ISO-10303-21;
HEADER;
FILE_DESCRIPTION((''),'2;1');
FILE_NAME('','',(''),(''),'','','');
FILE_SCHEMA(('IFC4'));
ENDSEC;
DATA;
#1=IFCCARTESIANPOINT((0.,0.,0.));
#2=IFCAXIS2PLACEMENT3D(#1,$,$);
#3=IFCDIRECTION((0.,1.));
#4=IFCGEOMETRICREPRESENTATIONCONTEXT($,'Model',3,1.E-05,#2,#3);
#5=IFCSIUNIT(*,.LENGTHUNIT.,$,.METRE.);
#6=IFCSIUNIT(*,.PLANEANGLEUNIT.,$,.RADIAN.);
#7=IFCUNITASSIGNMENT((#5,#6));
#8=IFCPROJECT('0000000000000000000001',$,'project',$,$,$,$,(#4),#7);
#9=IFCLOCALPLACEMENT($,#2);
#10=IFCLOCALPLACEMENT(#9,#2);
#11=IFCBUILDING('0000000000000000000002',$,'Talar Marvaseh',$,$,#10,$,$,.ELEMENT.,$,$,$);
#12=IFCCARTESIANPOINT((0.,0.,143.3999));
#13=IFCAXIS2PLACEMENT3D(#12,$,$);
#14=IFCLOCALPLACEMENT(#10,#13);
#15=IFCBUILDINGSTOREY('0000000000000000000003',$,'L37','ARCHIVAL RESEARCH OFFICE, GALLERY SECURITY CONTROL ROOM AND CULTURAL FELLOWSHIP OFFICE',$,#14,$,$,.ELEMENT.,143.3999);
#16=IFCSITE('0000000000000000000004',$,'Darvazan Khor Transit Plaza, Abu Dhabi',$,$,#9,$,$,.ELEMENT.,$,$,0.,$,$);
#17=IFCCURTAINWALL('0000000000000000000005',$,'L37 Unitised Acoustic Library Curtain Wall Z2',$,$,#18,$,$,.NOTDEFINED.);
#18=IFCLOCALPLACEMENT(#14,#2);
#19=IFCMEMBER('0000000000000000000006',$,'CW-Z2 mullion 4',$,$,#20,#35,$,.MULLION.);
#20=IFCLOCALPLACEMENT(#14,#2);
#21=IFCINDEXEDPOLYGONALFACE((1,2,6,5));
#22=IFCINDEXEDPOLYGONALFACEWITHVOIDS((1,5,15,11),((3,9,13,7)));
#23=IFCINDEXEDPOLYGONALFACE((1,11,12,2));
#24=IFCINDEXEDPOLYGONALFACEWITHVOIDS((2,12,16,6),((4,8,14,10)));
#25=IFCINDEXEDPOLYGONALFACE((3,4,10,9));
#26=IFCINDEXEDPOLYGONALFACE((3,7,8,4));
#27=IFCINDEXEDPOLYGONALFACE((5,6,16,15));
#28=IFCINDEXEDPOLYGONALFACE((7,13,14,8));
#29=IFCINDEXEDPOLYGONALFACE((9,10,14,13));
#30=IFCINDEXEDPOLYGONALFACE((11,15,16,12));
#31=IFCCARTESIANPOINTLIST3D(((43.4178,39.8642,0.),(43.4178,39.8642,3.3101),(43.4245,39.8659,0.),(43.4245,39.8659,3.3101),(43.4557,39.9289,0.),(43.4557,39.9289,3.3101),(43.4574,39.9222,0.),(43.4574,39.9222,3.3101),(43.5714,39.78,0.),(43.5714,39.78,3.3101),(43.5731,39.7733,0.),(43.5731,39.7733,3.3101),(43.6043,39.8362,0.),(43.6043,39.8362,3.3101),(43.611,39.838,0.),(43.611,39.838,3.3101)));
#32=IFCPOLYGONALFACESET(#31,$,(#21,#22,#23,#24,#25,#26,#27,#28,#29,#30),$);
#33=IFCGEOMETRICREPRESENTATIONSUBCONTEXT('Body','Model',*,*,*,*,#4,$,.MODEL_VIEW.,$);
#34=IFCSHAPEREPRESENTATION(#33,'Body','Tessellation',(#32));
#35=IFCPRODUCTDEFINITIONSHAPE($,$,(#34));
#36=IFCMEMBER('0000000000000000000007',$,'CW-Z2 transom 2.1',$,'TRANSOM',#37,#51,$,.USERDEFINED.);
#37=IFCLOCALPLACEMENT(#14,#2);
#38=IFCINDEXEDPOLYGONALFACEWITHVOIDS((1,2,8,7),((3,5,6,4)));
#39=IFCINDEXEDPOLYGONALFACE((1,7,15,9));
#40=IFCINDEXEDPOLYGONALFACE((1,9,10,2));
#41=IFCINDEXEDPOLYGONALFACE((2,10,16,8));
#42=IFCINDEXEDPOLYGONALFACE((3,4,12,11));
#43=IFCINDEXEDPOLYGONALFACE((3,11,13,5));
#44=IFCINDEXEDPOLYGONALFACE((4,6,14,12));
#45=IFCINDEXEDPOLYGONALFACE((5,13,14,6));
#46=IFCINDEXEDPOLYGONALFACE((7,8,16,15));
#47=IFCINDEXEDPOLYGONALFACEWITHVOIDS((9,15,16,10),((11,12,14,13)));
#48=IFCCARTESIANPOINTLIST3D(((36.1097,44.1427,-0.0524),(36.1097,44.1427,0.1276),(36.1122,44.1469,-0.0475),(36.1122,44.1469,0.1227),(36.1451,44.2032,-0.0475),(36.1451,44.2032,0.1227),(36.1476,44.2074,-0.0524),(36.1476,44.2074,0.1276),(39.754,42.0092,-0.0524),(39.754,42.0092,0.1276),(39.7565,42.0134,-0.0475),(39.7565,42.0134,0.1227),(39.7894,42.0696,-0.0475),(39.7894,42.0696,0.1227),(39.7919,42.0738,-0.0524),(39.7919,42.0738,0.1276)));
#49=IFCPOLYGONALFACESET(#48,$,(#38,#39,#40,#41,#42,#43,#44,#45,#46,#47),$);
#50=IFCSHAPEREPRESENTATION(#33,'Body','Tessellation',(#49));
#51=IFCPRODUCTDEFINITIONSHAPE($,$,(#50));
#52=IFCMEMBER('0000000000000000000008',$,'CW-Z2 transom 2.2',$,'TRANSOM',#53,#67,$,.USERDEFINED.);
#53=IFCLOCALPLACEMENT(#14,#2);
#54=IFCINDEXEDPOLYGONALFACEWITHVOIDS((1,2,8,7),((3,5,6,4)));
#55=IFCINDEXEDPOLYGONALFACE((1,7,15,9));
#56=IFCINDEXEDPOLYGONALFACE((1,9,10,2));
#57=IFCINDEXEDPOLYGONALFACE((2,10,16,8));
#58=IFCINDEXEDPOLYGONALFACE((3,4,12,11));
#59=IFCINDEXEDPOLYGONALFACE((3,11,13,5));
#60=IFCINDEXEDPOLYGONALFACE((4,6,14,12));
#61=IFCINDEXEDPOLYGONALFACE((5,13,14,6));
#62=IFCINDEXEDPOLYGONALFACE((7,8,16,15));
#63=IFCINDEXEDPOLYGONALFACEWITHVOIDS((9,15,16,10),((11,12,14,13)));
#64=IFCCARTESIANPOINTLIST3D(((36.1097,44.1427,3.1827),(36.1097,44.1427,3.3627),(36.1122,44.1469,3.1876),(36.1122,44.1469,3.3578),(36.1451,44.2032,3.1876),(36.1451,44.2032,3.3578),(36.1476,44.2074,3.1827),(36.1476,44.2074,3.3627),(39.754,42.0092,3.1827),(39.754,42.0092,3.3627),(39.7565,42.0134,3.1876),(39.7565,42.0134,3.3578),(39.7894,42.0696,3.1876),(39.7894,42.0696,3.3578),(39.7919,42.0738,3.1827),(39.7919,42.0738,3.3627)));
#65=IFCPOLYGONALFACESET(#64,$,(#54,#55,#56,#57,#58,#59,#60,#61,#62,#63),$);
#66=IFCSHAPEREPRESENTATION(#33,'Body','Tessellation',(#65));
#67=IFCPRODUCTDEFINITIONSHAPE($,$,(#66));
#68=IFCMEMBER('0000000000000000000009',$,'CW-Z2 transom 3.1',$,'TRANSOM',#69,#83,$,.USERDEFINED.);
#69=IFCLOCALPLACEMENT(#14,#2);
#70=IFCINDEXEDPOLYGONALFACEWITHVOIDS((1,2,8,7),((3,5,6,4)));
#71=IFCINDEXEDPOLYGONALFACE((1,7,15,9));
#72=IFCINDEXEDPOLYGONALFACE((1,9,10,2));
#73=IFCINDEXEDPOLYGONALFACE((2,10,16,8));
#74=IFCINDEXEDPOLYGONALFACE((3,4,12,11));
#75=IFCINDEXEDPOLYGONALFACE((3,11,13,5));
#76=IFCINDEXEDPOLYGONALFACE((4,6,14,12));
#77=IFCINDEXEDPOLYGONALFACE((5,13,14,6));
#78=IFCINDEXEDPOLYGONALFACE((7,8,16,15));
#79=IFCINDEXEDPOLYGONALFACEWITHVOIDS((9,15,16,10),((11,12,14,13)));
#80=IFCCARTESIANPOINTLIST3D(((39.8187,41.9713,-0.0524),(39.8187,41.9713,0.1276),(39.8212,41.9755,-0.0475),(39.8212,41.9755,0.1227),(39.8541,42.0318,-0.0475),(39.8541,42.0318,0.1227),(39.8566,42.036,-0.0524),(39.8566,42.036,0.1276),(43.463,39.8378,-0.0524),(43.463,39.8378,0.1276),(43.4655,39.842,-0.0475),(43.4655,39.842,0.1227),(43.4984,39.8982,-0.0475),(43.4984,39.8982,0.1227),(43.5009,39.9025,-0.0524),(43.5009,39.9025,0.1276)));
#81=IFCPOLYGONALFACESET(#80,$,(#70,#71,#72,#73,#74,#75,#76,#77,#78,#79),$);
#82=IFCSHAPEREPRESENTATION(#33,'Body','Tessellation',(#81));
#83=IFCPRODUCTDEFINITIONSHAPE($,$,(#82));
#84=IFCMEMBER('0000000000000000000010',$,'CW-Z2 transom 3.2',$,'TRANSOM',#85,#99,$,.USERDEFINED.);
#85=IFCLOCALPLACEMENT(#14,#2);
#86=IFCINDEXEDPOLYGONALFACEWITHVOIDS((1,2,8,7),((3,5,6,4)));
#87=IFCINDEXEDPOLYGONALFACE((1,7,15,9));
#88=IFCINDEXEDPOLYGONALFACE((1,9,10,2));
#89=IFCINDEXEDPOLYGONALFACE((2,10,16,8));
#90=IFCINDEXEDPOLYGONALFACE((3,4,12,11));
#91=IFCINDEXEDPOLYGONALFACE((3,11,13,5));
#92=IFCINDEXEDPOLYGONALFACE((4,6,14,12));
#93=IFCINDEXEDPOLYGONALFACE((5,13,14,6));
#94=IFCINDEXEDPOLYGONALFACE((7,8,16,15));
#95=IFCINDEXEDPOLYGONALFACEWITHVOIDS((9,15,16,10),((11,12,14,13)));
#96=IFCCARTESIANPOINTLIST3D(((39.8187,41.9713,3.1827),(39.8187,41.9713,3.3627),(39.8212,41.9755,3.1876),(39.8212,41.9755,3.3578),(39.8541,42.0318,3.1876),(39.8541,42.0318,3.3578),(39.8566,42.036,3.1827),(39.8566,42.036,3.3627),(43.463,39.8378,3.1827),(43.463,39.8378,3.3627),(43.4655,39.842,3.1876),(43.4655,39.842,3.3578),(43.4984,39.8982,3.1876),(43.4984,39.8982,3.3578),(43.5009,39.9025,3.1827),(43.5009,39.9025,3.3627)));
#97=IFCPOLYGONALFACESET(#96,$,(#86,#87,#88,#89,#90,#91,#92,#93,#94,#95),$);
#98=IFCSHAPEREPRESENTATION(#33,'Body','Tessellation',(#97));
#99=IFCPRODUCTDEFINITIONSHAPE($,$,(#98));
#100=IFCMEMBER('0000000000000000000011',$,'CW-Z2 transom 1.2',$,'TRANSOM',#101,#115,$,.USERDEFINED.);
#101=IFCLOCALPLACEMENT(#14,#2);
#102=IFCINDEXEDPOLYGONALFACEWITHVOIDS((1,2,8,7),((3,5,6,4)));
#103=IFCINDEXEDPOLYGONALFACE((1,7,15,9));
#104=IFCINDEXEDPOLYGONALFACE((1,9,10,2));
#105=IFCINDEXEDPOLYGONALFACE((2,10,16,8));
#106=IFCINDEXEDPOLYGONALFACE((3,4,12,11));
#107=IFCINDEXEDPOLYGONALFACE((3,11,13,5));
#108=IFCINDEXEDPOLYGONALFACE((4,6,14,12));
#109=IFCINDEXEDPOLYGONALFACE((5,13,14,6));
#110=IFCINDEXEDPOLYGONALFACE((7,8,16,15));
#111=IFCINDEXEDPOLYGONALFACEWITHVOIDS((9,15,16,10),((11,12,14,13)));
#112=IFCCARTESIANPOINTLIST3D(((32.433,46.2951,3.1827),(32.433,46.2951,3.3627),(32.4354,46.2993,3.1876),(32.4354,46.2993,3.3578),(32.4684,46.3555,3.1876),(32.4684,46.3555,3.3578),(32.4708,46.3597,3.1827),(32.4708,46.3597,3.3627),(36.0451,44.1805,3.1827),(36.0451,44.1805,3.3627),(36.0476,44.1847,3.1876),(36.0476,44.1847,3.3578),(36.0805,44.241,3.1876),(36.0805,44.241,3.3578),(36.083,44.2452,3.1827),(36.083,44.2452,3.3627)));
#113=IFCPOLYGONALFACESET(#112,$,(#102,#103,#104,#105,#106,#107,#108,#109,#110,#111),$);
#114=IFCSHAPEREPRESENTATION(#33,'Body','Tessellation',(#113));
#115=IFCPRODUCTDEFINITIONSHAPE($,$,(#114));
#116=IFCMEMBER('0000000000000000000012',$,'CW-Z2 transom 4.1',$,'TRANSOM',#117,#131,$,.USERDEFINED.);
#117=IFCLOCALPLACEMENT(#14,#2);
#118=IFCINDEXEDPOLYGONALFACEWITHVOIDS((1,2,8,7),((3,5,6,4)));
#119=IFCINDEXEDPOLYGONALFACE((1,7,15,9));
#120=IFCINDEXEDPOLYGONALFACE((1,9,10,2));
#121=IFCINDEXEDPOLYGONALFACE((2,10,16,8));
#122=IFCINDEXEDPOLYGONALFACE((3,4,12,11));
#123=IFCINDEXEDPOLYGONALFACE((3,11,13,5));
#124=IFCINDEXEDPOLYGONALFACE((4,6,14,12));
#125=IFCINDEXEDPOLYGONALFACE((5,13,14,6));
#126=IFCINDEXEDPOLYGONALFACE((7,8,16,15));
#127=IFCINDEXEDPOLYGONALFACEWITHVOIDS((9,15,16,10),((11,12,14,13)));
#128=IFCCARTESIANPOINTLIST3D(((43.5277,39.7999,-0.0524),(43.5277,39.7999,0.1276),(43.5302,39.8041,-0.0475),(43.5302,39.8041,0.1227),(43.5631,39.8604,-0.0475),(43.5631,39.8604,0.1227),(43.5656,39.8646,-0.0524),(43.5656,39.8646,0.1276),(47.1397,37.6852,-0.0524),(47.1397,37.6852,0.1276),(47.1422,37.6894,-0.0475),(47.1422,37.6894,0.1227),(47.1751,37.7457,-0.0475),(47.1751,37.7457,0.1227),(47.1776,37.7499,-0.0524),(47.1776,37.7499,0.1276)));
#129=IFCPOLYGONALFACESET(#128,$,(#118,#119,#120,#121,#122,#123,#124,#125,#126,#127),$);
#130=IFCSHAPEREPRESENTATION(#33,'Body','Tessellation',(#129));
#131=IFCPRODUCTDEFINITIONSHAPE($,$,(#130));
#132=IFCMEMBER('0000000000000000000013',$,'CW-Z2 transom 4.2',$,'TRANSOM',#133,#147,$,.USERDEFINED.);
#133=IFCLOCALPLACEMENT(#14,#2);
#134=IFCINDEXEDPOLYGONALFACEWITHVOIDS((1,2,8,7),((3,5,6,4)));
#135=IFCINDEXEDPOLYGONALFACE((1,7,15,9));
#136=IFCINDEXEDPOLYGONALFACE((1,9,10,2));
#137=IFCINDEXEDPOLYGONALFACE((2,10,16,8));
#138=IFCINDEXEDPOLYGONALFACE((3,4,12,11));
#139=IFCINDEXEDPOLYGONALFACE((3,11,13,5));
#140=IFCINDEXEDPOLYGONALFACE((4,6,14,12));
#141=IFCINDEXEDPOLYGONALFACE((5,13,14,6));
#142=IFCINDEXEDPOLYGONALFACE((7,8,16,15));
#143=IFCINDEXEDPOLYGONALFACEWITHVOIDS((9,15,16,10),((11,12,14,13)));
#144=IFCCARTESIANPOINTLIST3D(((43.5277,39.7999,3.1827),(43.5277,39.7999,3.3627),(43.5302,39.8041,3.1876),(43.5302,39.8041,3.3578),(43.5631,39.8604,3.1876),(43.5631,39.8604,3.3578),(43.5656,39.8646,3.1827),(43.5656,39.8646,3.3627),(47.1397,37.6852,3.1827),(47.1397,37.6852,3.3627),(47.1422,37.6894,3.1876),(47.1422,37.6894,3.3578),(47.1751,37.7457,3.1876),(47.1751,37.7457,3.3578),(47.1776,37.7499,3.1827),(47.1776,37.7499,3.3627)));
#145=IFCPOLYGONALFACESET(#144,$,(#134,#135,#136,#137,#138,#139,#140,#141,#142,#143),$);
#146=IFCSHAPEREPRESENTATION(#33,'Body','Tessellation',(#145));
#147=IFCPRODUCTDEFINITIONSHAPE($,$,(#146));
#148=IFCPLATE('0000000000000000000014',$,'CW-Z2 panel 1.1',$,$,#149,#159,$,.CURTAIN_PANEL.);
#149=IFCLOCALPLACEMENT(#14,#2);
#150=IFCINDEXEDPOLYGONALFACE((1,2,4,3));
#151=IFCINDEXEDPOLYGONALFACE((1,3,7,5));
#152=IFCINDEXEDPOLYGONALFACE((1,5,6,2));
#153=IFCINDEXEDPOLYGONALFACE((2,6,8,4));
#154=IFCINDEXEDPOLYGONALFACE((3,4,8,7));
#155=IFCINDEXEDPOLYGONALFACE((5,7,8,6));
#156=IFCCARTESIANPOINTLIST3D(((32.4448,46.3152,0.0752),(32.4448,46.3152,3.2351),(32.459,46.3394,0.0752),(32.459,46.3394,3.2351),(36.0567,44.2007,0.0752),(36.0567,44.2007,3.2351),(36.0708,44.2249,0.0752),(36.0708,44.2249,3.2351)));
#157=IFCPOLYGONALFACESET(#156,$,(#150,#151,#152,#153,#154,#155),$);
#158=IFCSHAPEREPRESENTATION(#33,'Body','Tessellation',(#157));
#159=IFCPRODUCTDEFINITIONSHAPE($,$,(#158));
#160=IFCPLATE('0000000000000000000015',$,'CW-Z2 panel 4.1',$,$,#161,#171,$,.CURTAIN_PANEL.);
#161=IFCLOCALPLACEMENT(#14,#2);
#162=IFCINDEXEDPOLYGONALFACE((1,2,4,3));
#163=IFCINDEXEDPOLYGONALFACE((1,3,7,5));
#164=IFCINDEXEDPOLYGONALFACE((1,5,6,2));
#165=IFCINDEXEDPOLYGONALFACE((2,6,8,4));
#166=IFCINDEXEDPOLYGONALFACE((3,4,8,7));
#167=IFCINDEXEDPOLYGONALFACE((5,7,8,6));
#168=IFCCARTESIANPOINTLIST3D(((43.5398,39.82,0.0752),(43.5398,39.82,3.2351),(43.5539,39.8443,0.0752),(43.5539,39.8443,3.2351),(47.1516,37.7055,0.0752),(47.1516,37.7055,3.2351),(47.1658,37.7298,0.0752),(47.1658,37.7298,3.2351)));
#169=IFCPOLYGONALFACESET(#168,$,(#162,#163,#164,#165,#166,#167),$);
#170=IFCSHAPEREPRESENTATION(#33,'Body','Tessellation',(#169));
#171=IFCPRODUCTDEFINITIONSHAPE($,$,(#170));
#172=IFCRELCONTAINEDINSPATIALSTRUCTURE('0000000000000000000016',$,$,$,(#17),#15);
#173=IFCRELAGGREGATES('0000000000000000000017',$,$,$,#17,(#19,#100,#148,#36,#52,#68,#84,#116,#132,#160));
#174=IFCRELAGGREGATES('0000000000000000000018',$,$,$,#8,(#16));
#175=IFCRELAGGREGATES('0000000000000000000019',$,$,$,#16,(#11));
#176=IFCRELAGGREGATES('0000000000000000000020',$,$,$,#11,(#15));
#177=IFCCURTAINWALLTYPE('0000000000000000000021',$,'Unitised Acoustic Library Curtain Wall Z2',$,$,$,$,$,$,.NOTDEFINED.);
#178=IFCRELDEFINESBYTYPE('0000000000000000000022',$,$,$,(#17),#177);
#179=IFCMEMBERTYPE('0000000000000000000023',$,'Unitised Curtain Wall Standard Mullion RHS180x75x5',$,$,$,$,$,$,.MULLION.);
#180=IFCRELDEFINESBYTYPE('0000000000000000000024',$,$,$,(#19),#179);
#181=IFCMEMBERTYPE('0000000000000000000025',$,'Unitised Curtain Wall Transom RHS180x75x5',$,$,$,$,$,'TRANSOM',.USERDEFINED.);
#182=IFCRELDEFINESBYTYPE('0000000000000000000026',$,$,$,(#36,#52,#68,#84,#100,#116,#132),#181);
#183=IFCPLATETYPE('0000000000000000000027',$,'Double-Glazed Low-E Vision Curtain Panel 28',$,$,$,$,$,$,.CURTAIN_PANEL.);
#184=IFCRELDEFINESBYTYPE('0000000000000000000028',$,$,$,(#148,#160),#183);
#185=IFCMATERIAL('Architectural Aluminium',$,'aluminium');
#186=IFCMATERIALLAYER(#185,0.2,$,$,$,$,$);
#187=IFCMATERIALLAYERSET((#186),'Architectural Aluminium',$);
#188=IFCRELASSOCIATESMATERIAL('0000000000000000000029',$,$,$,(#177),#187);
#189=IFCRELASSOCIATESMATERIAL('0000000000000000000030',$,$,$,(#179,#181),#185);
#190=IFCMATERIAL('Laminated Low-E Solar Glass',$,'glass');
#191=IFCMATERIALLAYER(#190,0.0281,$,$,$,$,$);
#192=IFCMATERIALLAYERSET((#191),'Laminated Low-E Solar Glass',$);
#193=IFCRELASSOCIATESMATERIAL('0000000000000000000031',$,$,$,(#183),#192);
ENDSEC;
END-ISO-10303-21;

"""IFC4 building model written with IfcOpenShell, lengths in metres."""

from ifc_helpers import new_model, si_unit, direction, frame, origin, origin_2d, place, context, subcontext, project, spatial, rectangle, hollow_rectangle, extrude, source, transform, mapped, material, layer, layer_set, material_profile, profile_set, type_object, type_shapes, element, aggregate, save


model = new_model("IFC4")

# Units and contexts
model_context = context("Model", 3, precision=1e-05, world=origin(), true_north=direction((0.0, 1.0)))
body_context = subcontext(model_context, "Body", "Model", "MODEL_VIEW")
ifc_project = project(units=[si_unit("LENGTHUNIT", "METRE"), si_unit("PLANEANGLEUNIT", "RADIAN")], contexts=[model_context])

# Site, building, storey
site_placement = place(None, origin())
site = spatial("IfcSite", under=ifc_project, at=site_placement, Name="Darvazan Khor Transit Plaza, Abu Dhabi", CompositionType="ELEMENT", RefElevation=0.0)
building_placement = place(site_placement, origin())
building = spatial("IfcBuilding", under=site, at=building_placement, Name="Talar Marvaseh", CompositionType="ELEMENT")
storey_placement = place(building_placement, frame((0.0, 0.0, 143.3999)))
storey = spatial("IfcBuildingStorey", under=building, at=storey_placement, Name="L37", Description="ARCHIVAL RESEARCH OFFICE, GALLERY SECURITY CONTROL ROOM AND CULTURAL FELLOWSHIP OFFICE", CompositionType="ELEMENT", Elevation=143.3999)

# Curtain wall, members, plates
ifc_material_1 = material(Name="Architectural Aluminium", Category="aluminium")
ifc_layer_1 = layer(ifc_material_1, 0.2)
ifc_layer_set_1 = layer_set([ifc_layer_1], Name="Architectural Aluminium")
curtain_wall_type = type_object("IfcCurtainWallType", Name="Unitised Acoustic Library Curtain Wall Z2", PredefinedType="NOTDEFINED", material=ifc_layer_set_1)
curtain_wall_placement = place(storey_placement, origin())
curtain_wall = element("IfcCurtainWall", 1, at=curtain_wall_placement, inside=storey, type_object=curtain_wall_type, Name="L37 Unitised Acoustic Library Curtain Wall Z2", PredefinedType="NOTDEFINED")
ifc_material_profile_1 = material_profile(ifc_material_1, hollow_rectangle(XDim=0.075, YDim=0.1799, WallThickness=0.0049, at=origin_2d()), Name="RHS180x75x5")
ifc_profile_set_1 = profile_set([ifc_material_profile_1], Name="Architectural Aluminium")
member_type_1 = type_object("IfcMemberType", Name="Unitised Curtain Wall Standard Mullion RHS180x75x5", PredefinedType="MULLION", material=ifc_profile_set_1)
shared_shape_1 = source(origin(), body_context, "Body", "SweptSolid", [
    extrude(hollow_rectangle(XDim=0.075, YDim=0.1799, WallThickness=0.0049, at=origin_2d()), origin(), (0.0, 0.0, 1.0), 3.3101),
])
type_shapes(member_type_1, [shared_shape_1])
member_1_placement = place(storey_placement, frame((43.5144, 39.8511, 0.0), z_axis=(0.0, 0.0, 1.0), x_axis=(0.505222, 0.862989, 0.0)))
member_1 = element("IfcMember", 2, at=member_1_placement, type_object=member_type_1, Name="CW-Z2 mullion 4", PredefinedType="MULLION", context=body_context, shape_type="MappedRepresentation", body=[
    mapped(shared_shape_1, transform((0.0, 0.0, 0.0), x_axis=(1.0, 0.0, 0.0), y_axis=(0.0, 1.0, 0.0), z_axis=(0.0, 0.0, 1.0), scale=1.0)),
])
ifc_material_profile_2 = material_profile(ifc_material_1, hollow_rectangle(XDim=0.075, YDim=0.1799, WallThickness=0.0049, at=origin_2d()), Name="RHS180x75x5")
ifc_profile_set_2 = profile_set([ifc_material_profile_2], Name="Architectural Aluminium")
member_type_2 = type_object("IfcMemberType", Name="Unitised Curtain Wall Transom RHS180x75x5", ElementType="TRANSOM", PredefinedType="USERDEFINED", material=ifc_profile_set_2)
shared_shape_2 = source(origin(), body_context, "Body", "SweptSolid", [
    extrude(hollow_rectangle(XDim=0.075, YDim=0.1799, WallThickness=0.0049, at=origin_2d()), origin(), (0.0, 0.0, 1.0), 4.2229),
])
member_2_placement = place(storey_placement, frame((36.1287, 44.175, 0.0376), z_axis=(0.862983, -0.505233, 0.0), x_axis=(0.505233, 0.862983, 0.0)))
member_2 = element("IfcMember", 3, at=member_2_placement, type_object=member_type_2, Name="CW-Z2 transom 2.1", ObjectType="TRANSOM", PredefinedType="USERDEFINED", context=body_context, shape_type="MappedRepresentation", body=[
    mapped(shared_shape_2, transform((0.0, 0.0, 0.0), x_axis=(1.0, 0.0, 0.0), y_axis=(0.0, 1.0, 0.0), z_axis=(0.0, 0.0, 1.0), scale=1.0)),
])
member_3_placement = place(storey_placement, frame((36.1287, 44.175, 3.2727), z_axis=(0.862983, -0.505233, 0.0), x_axis=(0.505233, 0.862983, 0.0)))
member_3 = element("IfcMember", 4, at=member_3_placement, type_object=member_type_2, Name="CW-Z2 transom 2.2", ObjectType="TRANSOM", PredefinedType="USERDEFINED", context=body_context, shape_type="MappedRepresentation", body=[
    mapped(shared_shape_2, transform((0.0, 0.0, 0.0), x_axis=(1.0, 0.0, 0.0), y_axis=(0.0, 1.0, 0.0), z_axis=(0.0, 0.0, 1.0), scale=1.0)),
])
member_4_placement = place(storey_placement, frame((39.8376, 42.0037, 0.0376), z_axis=(0.862983, -0.505233, 0.0), x_axis=(0.505233, 0.862983, 0.0)))
member_4 = element("IfcMember", 5, at=member_4_placement, type_object=member_type_2, Name="CW-Z2 transom 3.1", ObjectType="TRANSOM", PredefinedType="USERDEFINED", context=body_context, shape_type="MappedRepresentation", body=[
    mapped(shared_shape_2, transform((0.0, 0.0, 0.0), x_axis=(1.0, 0.0, 0.0), y_axis=(0.0, 1.0, 0.0), z_axis=(0.0, 0.0, 1.0), scale=1.0)),
])
member_5_placement = place(storey_placement, frame((39.8376, 42.0037, 3.2727), z_axis=(0.862983, -0.505233, 0.0), x_axis=(0.505233, 0.862983, 0.0)))
member_5 = element("IfcMember", 6, at=member_5_placement, type_object=member_type_2, Name="CW-Z2 transom 3.2", ObjectType="TRANSOM", PredefinedType="USERDEFINED", context=body_context, shape_type="MappedRepresentation", body=[
    mapped(shared_shape_2, transform((0.0, 0.0, 0.0), x_axis=(1.0, 0.0, 0.0), y_axis=(0.0, 1.0, 0.0), z_axis=(0.0, 0.0, 1.0), scale=1.0)),
])
shared_shape_3 = source(origin(), body_context, "Body", "SweptSolid", [
    extrude(hollow_rectangle(XDim=0.075, YDim=0.1799, WallThickness=0.0049, at=origin_2d()), origin(), (0.0, 0.0, 1.0), 4.1855),
])
type_shapes(member_type_2, [shared_shape_2, shared_shape_3])
member_6_placement = place(storey_placement, frame((32.4519, 46.3274, 3.2727), z_axis=(0.863001, -0.505201, 0.0), x_axis=(0.505201, 0.863001, 0.0)))
member_6 = element("IfcMember", 7, at=member_6_placement, type_object=member_type_2, Name="CW-Z2 transom 1.2", ObjectType="TRANSOM", PredefinedType="USERDEFINED", context=body_context, shape_type="MappedRepresentation", body=[
    mapped(shared_shape_3, transform((0.0, 0.0, 0.0), x_axis=(1.0, 0.0, 0.0), y_axis=(0.0, 1.0, 0.0), z_axis=(0.0, 0.0, 1.0), scale=1.0)),
])
member_7_placement = place(storey_placement, frame((43.5466, 39.8323, 0.0376), z_axis=(0.862976, -0.505245, 0.0), x_axis=(0.505245, 0.862976, 0.0)))
member_7 = element("IfcMember", 8, at=member_7_placement, type_object=member_type_2, Name="CW-Z2 transom 4.1", ObjectType="TRANSOM", PredefinedType="USERDEFINED", context=body_context, shape_type="MappedRepresentation", body=[
    mapped(shared_shape_3, transform((0.0, 0.0, 0.0), x_axis=(1.0, 0.0, 0.0), y_axis=(0.0, 1.0, 0.0), z_axis=(0.0, 0.0, 1.0), scale=1.0)),
])
member_8_placement = place(storey_placement, frame((43.5466, 39.8323, 3.2727), z_axis=(0.862976, -0.505245, 0.0), x_axis=(0.505245, 0.862976, 0.0)))
member_8 = element("IfcMember", 9, at=member_8_placement, type_object=member_type_2, Name="CW-Z2 transom 4.2", ObjectType="TRANSOM", PredefinedType="USERDEFINED", context=body_context, shape_type="MappedRepresentation", body=[
    mapped(shared_shape_3, transform((0.0, 0.0, 0.0), x_axis=(1.0, 0.0, 0.0), y_axis=(0.0, 1.0, 0.0), z_axis=(0.0, 0.0, 1.0), scale=1.0)),
])
ifc_material_2 = material(Name="Laminated Low-E Solar Glass", Category="glass")
ifc_layer_2 = layer(ifc_material_2, 0.0281)
ifc_layer_set_2 = layer_set([ifc_layer_2], Name="Laminated Low-E Solar Glass")
plate_type = type_object("IfcPlateType", Name="Double-Glazed Low-E Vision Curtain Panel 28", PredefinedType="CURTAIN_PANEL", material=ifc_layer_set_2)
shared_shape_4 = source(origin(), body_context, "Body", "SweptSolid", [
    extrude(rectangle(XDim=4.1853, YDim=0.0281, at=origin_2d()), origin(), (0.0, 0.0, 1.0), 3.1599),
])
plate_1_placement = place(storey_placement, frame((34.2578, 45.27, 0.0752), z_axis=(0.0, 0.0, 1.0), x_axis=(0.862989, -0.505222, 0.0)))
plate_1 = element("IfcPlate", 10, at=plate_1_placement, type_object=plate_type, Name="CW-Z2 panel 1.1", PredefinedType="CURTAIN_PANEL", context=body_context, shape_type="MappedRepresentation", body=[
    mapped(shared_shape_4, transform((0.0, 0.0, 0.0), x_axis=(1.0, 0.0, 0.0), y_axis=(0.0, 1.0, 0.0), z_axis=(0.0, 0.0, 1.0), scale=1.0)),
])
plate_2_placement = place(storey_placement, frame((45.3528, 38.7749, 0.0752), z_axis=(0.0, 0.0, 1.0), x_axis=(0.862989, -0.505222, 0.0)))
plate_2 = element("IfcPlate", 11, at=plate_2_placement, type_object=plate_type, Name="CW-Z2 panel 4.1", PredefinedType="CURTAIN_PANEL", context=body_context, shape_type="MappedRepresentation", body=[
    mapped(shared_shape_4, transform((0.0, 0.0, 0.0), x_axis=(1.0, 0.0, 0.0), y_axis=(0.0, 1.0, 0.0), z_axis=(0.0, 0.0, 1.0), scale=1.0)),
])
aggregate(curtain_wall, [member_1, member_6, plate_1, member_2, member_3, member_4, member_5, member_7, member_8, plate_2])

save(model, "model.ifc")
